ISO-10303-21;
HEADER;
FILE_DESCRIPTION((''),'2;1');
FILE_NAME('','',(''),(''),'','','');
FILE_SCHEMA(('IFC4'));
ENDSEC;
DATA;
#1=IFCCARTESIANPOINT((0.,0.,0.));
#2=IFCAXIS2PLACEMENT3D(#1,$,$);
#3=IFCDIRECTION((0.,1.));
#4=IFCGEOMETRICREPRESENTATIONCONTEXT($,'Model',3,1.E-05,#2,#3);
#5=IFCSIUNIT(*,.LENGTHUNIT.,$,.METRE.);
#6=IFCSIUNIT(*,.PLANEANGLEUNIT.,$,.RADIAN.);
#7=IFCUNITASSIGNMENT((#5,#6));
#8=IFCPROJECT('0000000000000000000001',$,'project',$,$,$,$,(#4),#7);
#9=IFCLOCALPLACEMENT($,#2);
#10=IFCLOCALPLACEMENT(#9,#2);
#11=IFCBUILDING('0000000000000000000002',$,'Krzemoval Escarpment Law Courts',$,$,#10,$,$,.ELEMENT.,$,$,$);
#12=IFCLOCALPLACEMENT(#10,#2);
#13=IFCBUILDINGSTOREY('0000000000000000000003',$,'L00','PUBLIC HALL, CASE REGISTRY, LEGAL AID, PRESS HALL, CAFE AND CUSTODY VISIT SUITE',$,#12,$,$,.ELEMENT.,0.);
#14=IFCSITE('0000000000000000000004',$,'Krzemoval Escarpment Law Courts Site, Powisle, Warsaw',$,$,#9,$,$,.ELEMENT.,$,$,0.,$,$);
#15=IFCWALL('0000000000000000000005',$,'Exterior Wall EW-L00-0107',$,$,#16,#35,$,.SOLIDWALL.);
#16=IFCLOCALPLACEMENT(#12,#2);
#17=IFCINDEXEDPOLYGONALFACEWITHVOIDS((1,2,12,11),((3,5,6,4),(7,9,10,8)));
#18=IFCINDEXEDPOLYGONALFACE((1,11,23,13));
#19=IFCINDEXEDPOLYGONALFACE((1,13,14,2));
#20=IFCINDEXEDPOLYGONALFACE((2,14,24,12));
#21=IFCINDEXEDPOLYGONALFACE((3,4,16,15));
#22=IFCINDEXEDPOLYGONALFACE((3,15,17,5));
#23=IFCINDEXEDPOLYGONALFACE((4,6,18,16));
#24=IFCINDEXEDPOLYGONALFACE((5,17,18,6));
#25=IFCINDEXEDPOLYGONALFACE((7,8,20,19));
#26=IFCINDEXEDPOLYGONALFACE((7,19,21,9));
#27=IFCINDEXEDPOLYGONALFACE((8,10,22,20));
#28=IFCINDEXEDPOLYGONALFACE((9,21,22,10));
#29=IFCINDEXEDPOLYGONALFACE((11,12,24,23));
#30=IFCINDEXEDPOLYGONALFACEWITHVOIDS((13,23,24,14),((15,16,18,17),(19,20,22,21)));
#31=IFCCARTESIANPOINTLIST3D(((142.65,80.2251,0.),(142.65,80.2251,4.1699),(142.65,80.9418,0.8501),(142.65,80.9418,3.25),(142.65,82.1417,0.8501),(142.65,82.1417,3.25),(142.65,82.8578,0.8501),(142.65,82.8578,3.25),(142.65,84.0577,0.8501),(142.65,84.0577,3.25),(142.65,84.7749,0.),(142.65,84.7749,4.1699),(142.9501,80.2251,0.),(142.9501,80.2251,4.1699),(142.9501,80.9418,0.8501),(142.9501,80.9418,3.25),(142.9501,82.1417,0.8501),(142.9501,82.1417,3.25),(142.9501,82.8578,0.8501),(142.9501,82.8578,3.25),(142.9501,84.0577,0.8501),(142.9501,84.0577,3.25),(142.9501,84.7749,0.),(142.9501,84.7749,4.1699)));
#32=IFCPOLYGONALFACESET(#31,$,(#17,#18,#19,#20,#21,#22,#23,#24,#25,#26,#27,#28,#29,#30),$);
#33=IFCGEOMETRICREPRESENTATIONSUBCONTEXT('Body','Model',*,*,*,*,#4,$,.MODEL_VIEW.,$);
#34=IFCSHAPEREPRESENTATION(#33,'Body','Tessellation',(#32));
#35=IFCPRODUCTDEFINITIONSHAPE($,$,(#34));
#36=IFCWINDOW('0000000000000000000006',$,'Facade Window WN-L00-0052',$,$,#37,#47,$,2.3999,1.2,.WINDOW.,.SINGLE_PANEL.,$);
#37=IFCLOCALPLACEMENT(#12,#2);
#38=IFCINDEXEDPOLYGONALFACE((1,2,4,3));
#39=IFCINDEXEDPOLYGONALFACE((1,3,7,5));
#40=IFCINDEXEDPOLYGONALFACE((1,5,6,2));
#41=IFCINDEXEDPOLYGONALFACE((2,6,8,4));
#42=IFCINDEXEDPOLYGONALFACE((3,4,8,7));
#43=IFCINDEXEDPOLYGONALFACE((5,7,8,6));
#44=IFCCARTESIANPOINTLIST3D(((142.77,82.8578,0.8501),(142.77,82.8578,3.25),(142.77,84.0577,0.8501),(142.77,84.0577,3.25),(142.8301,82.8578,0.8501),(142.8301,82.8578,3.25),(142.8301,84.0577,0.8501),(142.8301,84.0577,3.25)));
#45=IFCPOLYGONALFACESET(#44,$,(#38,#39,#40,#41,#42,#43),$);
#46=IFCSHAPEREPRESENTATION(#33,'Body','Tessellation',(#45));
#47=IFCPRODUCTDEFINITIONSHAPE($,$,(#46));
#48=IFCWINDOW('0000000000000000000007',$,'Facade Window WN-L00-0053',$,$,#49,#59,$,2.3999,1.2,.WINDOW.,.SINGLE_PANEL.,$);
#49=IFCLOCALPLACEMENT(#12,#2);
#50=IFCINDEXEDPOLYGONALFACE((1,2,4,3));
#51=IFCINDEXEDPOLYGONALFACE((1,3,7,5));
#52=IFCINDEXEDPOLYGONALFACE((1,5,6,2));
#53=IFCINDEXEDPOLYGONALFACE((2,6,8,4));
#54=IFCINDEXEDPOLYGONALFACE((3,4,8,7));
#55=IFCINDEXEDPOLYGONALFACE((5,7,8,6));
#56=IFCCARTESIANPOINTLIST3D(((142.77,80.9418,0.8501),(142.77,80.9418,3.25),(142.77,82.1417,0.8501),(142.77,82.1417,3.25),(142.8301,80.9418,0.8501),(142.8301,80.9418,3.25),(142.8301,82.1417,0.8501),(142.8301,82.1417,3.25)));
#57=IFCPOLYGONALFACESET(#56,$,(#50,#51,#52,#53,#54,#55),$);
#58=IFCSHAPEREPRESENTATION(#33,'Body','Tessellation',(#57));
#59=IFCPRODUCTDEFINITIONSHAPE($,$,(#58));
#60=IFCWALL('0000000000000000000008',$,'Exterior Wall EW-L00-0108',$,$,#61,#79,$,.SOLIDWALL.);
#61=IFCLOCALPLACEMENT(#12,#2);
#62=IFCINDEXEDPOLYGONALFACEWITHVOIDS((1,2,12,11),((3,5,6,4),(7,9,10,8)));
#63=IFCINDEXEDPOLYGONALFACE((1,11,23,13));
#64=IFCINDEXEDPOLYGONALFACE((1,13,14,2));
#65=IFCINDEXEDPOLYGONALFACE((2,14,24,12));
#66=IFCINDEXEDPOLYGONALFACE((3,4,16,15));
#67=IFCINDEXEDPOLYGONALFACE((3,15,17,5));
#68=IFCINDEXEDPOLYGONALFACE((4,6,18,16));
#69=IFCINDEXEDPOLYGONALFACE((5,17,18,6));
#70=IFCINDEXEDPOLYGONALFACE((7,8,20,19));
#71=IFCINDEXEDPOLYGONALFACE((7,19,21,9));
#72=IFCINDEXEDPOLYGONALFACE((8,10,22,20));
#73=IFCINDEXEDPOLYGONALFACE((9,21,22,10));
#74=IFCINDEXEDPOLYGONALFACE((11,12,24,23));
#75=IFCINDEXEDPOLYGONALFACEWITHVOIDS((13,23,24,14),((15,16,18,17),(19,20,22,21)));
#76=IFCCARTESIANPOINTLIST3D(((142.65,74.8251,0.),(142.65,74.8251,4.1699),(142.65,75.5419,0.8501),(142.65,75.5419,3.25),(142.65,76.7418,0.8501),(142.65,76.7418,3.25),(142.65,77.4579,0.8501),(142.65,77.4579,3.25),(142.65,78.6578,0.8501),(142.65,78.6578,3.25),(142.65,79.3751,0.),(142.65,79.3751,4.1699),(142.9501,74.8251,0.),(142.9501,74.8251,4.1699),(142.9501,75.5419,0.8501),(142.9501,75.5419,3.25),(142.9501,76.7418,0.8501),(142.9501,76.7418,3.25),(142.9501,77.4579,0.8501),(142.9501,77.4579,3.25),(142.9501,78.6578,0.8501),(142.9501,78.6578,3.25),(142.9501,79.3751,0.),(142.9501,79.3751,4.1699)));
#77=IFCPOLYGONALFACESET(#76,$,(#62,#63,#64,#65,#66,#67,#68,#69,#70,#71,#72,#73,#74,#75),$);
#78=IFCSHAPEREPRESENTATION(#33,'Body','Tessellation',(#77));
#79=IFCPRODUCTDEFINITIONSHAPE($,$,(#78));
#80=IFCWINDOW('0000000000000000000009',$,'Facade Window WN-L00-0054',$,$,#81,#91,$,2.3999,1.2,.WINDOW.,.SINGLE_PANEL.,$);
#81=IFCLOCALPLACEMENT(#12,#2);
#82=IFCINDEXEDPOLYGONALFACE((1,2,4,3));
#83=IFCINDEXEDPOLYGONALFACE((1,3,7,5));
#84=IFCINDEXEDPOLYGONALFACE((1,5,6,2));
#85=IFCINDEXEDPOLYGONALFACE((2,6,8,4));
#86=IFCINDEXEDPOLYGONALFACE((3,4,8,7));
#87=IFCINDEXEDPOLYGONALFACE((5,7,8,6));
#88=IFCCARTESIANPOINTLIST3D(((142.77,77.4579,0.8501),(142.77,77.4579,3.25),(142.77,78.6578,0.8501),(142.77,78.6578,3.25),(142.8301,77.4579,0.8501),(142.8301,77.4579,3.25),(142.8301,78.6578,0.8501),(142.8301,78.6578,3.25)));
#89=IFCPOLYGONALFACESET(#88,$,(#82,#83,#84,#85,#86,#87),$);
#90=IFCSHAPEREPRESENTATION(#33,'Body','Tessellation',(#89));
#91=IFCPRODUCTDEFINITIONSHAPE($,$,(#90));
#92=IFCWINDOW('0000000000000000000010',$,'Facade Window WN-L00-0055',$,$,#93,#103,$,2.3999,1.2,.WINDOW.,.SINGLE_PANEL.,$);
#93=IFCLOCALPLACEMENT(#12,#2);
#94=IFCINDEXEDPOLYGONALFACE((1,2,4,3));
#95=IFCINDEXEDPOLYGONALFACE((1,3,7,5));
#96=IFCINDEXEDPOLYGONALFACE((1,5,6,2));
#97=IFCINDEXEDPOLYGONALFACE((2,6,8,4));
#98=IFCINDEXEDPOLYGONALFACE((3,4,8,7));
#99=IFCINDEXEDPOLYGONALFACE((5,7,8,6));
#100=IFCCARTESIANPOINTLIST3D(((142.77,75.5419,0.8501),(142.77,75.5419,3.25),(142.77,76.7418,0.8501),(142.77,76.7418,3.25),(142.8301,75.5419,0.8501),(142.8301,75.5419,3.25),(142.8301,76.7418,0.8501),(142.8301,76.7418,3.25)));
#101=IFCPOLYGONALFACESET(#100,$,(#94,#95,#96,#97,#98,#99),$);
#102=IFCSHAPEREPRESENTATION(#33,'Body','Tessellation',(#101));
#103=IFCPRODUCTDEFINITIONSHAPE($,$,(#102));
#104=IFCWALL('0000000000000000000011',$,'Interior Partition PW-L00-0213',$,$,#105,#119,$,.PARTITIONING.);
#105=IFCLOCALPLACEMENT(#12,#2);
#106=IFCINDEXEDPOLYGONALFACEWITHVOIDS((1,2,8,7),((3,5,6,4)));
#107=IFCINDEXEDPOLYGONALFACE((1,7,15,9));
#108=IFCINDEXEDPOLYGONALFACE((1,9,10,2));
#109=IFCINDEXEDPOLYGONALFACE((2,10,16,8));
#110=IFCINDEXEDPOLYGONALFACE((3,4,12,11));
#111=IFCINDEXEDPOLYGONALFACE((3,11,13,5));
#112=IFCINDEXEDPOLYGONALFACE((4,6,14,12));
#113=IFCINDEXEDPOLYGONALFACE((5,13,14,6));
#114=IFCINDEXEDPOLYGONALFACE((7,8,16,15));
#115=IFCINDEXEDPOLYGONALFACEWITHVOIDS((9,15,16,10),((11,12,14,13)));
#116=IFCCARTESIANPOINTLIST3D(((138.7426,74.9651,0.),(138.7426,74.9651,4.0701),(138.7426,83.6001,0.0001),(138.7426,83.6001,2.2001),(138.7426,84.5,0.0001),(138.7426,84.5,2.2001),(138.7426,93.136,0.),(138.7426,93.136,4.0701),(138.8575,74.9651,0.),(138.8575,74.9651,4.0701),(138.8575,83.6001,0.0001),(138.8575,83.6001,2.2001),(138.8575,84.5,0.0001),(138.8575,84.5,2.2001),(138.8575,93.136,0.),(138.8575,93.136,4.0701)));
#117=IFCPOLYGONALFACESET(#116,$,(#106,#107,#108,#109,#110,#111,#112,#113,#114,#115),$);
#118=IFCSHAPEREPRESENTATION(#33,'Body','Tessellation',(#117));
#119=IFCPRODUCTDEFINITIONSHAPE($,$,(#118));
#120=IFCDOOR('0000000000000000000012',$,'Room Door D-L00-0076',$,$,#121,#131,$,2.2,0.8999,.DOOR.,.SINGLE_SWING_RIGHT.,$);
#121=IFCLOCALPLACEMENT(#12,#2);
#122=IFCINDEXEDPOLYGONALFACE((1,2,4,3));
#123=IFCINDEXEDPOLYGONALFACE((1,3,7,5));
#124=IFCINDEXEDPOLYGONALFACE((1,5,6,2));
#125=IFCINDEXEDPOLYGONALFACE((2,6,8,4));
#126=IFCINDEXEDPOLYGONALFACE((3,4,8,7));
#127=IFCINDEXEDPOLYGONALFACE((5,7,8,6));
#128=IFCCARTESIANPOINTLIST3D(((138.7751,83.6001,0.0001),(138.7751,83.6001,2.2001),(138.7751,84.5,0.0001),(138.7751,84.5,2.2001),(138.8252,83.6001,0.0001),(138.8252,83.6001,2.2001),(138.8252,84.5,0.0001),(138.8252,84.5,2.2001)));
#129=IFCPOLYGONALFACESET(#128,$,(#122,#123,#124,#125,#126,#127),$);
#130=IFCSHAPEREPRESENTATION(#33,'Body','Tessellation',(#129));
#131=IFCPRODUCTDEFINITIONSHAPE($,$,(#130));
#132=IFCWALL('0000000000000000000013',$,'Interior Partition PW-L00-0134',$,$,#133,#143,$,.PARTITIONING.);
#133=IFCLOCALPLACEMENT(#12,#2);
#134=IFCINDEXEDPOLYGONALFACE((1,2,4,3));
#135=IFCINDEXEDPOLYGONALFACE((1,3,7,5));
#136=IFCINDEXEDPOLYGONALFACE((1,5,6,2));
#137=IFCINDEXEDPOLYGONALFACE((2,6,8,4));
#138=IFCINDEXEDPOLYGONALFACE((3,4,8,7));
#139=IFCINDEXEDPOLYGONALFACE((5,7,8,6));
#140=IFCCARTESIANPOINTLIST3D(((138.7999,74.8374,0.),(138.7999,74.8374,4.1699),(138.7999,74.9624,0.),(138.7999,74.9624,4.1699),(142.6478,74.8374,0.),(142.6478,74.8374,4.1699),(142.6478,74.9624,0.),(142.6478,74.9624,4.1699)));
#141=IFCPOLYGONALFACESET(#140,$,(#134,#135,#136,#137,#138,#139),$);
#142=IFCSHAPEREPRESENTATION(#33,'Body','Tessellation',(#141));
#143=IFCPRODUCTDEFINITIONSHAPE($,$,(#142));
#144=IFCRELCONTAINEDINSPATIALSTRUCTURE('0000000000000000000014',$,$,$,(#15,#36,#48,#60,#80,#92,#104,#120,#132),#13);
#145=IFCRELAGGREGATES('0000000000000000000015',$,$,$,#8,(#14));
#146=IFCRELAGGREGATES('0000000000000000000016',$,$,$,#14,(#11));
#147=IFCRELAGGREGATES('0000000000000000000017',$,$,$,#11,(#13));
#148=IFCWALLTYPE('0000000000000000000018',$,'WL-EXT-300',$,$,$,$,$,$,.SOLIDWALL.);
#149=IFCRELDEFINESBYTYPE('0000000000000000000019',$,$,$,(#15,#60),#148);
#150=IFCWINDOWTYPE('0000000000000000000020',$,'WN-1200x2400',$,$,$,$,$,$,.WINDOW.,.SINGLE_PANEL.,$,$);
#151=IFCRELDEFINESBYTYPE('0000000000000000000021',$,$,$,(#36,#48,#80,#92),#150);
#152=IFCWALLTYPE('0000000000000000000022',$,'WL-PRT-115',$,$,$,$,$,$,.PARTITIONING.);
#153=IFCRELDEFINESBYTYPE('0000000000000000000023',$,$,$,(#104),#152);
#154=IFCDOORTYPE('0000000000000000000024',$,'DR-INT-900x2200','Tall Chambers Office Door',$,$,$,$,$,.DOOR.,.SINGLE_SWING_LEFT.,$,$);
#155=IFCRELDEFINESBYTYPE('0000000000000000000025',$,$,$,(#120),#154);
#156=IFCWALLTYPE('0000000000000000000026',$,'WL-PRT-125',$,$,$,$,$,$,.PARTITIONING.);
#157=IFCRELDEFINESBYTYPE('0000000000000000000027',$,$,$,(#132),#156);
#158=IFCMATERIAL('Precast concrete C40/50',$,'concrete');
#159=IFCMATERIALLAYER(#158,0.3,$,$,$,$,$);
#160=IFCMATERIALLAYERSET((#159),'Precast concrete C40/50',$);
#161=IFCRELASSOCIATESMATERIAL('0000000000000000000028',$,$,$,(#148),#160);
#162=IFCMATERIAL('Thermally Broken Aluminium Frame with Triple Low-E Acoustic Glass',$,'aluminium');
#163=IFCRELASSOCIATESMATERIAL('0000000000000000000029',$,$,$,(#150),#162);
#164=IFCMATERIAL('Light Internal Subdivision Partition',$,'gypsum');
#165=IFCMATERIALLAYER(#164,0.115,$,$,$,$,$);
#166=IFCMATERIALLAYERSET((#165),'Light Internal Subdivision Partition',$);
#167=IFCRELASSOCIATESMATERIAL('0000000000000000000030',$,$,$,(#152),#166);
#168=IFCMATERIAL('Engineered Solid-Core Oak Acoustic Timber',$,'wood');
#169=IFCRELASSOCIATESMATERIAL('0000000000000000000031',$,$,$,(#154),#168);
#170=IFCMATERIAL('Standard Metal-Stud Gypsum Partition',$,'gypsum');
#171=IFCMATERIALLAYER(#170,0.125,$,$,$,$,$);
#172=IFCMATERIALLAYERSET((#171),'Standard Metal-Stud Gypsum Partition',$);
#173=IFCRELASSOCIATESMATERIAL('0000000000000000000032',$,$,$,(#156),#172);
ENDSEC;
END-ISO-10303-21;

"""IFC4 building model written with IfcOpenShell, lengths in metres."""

from ifc_helpers import new_model, si_unit, direction, frame, frame_2d, origin, place, context, subcontext, project, spatial, rectangle, extrude, material, layer, layer_set, type_object, element, fill, save


model = new_model("IFC4")

# Units and contexts
model_context = context("Model", 3, precision=1e-05, world=origin(), true_north=direction((0.0, 1.0)))
body_context = subcontext(model_context, "Body", "Model", "MODEL_VIEW")
ifc_project = project(units=[si_unit("LENGTHUNIT", "METRE"), si_unit("PLANEANGLEUNIT", "RADIAN")], contexts=[model_context])

# Site, building, storey
site_placement = place(None, origin())
site = spatial("IfcSite", under=ifc_project, at=site_placement, Name="Krzemoval Escarpment Law Courts Site, Powisle, Warsaw", CompositionType="ELEMENT", RefElevation=0.0)
building_placement = place(site_placement, origin())
building = spatial("IfcBuilding", under=site, at=building_placement, Name="Krzemoval Escarpment Law Courts", CompositionType="ELEMENT")
storey_placement = place(building_placement, origin())
storey = spatial("IfcBuildingStorey", under=building, at=storey_placement, Name="L00", Description="PUBLIC HALL, CASE REGISTRY, LEGAL AID, PRESS HALL, CAFE AND CUSTODY VISIT SUITE", CompositionType="ELEMENT", Elevation=0.0)

# Walls, openings, windows
ifc_material_1 = material(Name="Precast concrete C40/50", Category="concrete")
ifc_layer_1 = layer(ifc_material_1, 0.3)
ifc_layer_set_1 = layer_set([ifc_layer_1], Name="Precast concrete C40/50")
wall_type_1 = type_object("IfcWallType", Name="WL-EXT-300", PredefinedType="SOLIDWALL", material=ifc_layer_set_1)
wall_1_placement = place(storey_placement, frame((142.8, 84.7749, 0.0), z_axis=(0.0, 0.0, 1.0), x_axis=(0.0, -1.0, 0.0)))
wall_1 = element("IfcWall", 1, at=wall_1_placement, inside=storey, type_object=wall_type_1, Name="Exterior Wall EW-L00-0107", PredefinedType="SOLIDWALL", context=body_context, shape_type="SweptSolid", body=[
    extrude(rectangle(XDim=4.5498, YDim=0.3, at=frame_2d((2.2749, 0.0))), origin(), (0.0, 0.0, 1.0), 4.1699),
])
opening_1_placement = place(wall_1_placement, frame((0.717, 0.0, 0.8501)))
opening_1 = element("IfcOpeningElement", 2, at=opening_1_placement, cuts=wall_1, PredefinedType="OPENING", context=body_context, shape_type="SweptSolid", body=[
    extrude(rectangle(XDim=1.2, YDim=2.3999, at=frame_2d((0.6001, 1.2))), frame((0.0, 0.165, 0.0), z_axis=(0.0, -1.0, 0.0), x_axis=(1.0, 0.0, 0.0)), (0.0, 0.0, 1.0), 0.3301),
])
opening_2_placement = place(wall_1_placement, frame((2.6331, 0.0, 0.8501)))
opening_2 = element("IfcOpeningElement", 3, at=opening_2_placement, cuts=wall_1, PredefinedType="OPENING", context=body_context, shape_type="SweptSolid", body=[
    extrude(rectangle(XDim=1.2, YDim=2.3999, at=frame_2d((0.6001, 1.2))), frame((0.0, 0.165, 0.0), z_axis=(0.0, -1.0, 0.0), x_axis=(1.0, 0.0, 0.0)), (0.0, 0.0, 1.0), 0.3301),
])
ifc_material_2 = material(Name="Thermally Broken Aluminium Frame with Triple Low-E Acoustic Glass", Category="aluminium")
window_type = type_object("IfcWindowType", Name="WN-1200x2400", PartitioningType="SINGLE_PANEL", PredefinedType="WINDOW", material=ifc_material_2)
window_1_placement = place(opening_1_placement, origin())
window_1 = element("IfcWindow", 4, at=window_1_placement, inside=storey, type_object=window_type, Name="Facade Window WN-L00-0052", OverallHeight=2.3999, OverallWidth=1.2, PartitioningType="SINGLE_PANEL", PredefinedType="WINDOW", context=body_context, shape_type="SweptSolid", body=[
    extrude(rectangle(XDim=1.2, YDim=2.3999, at=frame_2d((0.6001, 1.2))), frame((0.0, 0.03, 0.0), z_axis=(0.0, -1.0, 0.0), x_axis=(1.0, 0.0, 0.0)), (0.0, 0.0, 1.0), 0.0601),
])
fill(opening_1, window_1)
window_2_placement = place(opening_2_placement, origin())
window_2 = element("IfcWindow", 5, at=window_2_placement, inside=storey, type_object=window_type, Name="Facade Window WN-L00-0053", OverallHeight=2.3999, OverallWidth=1.2, PartitioningType="SINGLE_PANEL", PredefinedType="WINDOW", context=body_context, shape_type="SweptSolid", body=[
    extrude(rectangle(XDim=1.2, YDim=2.3999, at=frame_2d((0.6001, 1.2))), frame((0.0, 0.03, 0.0), z_axis=(0.0, -1.0, 0.0), x_axis=(1.0, 0.0, 0.0)), (0.0, 0.0, 1.0), 0.0601),
])
fill(opening_2, window_2)
wall_2_placement = place(storey_placement, frame((142.8, 79.375, 0.0), z_axis=(0.0, 0.0, 1.0), x_axis=(0.0, -1.0, 0.0)))
wall_2 = element("IfcWall", 6, at=wall_2_placement, inside=storey, type_object=wall_type_1, Name="Exterior Wall EW-L00-0108", PredefinedType="SOLIDWALL", context=body_context, shape_type="SweptSolid", body=[
    extrude(rectangle(XDim=4.55, YDim=0.3, at=frame_2d((2.2749, 0.0))), origin(), (0.0, 0.0, 1.0), 4.1699),
])
opening_3_placement = place(wall_2_placement, frame((0.717, 0.0, 0.8501)))
opening_3 = element("IfcOpeningElement", 7, at=opening_3_placement, cuts=wall_2, PredefinedType="OPENING", context=body_context, shape_type="SweptSolid", body=[
    extrude(rectangle(XDim=1.2, YDim=2.3999, at=frame_2d((0.6001, 1.2))), frame((0.0, 0.165, 0.0), z_axis=(0.0, -1.0, 0.0), x_axis=(1.0, 0.0, 0.0)), (0.0, 0.0, 1.0), 0.3301),
])
opening_4_placement = place(wall_2_placement, frame((2.6331, 0.0, 0.8501)))
opening_4 = element("IfcOpeningElement", 8, at=opening_4_placement, cuts=wall_2, PredefinedType="OPENING", context=body_context, shape_type="SweptSolid", body=[
    extrude(rectangle(XDim=1.2, YDim=2.3999, at=frame_2d((0.6001, 1.2))), frame((0.0, 0.165, 0.0), z_axis=(0.0, -1.0, 0.0), x_axis=(1.0, 0.0, 0.0)), (0.0, 0.0, 1.0), 0.3301),
])
window_3_placement = place(opening_3_placement, origin())
window_3 = element("IfcWindow", 9, at=window_3_placement, inside=storey, type_object=window_type, Name="Facade Window WN-L00-0054", OverallHeight=2.3999, OverallWidth=1.2, PartitioningType="SINGLE_PANEL", PredefinedType="WINDOW", context=body_context, shape_type="SweptSolid", body=[
    extrude(rectangle(XDim=1.2, YDim=2.3999, at=frame_2d((0.6001, 1.2))), frame((0.0, 0.03, 0.0), z_axis=(0.0, -1.0, 0.0), x_axis=(1.0, 0.0, 0.0)), (0.0, 0.0, 1.0), 0.0601),
])
fill(opening_3, window_3)
window_4_placement = place(opening_4_placement, origin())
window_4 = element("IfcWindow", 10, at=window_4_placement, inside=storey, type_object=window_type, Name="Facade Window WN-L00-0055", OverallHeight=2.3999, OverallWidth=1.2, PartitioningType="SINGLE_PANEL", PredefinedType="WINDOW", context=body_context, shape_type="SweptSolid", body=[
    extrude(rectangle(XDim=1.2, YDim=2.3999, at=frame_2d((0.6001, 1.2))), frame((0.0, 0.03, 0.0), z_axis=(0.0, -1.0, 0.0), x_axis=(1.0, 0.0, 0.0)), (0.0, 0.0, 1.0), 0.0601),
])
fill(opening_4, window_4)

# Wall, opening, door
ifc_material_3 = material(Name="Light Internal Subdivision Partition", Category="gypsum")
ifc_layer_2 = layer(ifc_material_3, 0.115)
ifc_layer_set_2 = layer_set([ifc_layer_2], Name="Light Internal Subdivision Partition")
wall_type_2 = type_object("IfcWallType", Name="WL-PRT-115", PredefinedType="PARTITIONING", material=ifc_layer_set_2)
wall_3_placement = place(storey_placement, frame((138.8, 74.9651, 0.0), z_axis=(0.0, 0.0, 1.0), x_axis=(0.0, 1.0, 0.0)))
wall_3 = element("IfcWall", 11, at=wall_3_placement, inside=storey, type_object=wall_type_2, Name="Interior Partition PW-L00-0213", PredefinedType="PARTITIONING", context=body_context, shape_type="SweptSolid", body=[
    extrude(rectangle(XDim=18.1709, YDim=0.115, at=frame_2d((9.0854, 0.0))), origin(), (0.0, 0.0, 1.0), 4.0701),
])
opening_5_placement = place(wall_3_placement, frame((8.635, 0.0, 0.0)))
opening_5 = element("IfcOpeningElement", 12, at=opening_5_placement, cuts=wall_3, PredefinedType="OPENING", context=body_context, shape_type="SweptSolid", body=[
    extrude(rectangle(XDim=0.8999, YDim=2.2, at=frame_2d((0.45, 1.1001))), frame((0.0, 0.0725, 0.0), z_axis=(0.0, -1.0, 0.0), x_axis=(1.0, 0.0, 0.0)), (0.0, 0.0, 1.0), 0.145),
])
ifc_material_4 = material(Name="Engineered Solid-Core Oak Acoustic Timber", Category="wood")
door_type = type_object("IfcDoorType", Name="DR-INT-900x2200", Description="Tall Chambers Office Door", OperationType="SINGLE_SWING_LEFT", PredefinedType="DOOR", material=ifc_material_4)
door_placement = place(opening_5_placement, origin())
door = element("IfcDoor", 13, at=door_placement, inside=storey, type_object=door_type, Name="Room Door D-L00-0076", OperationType="SINGLE_SWING_RIGHT", OverallHeight=2.2, OverallWidth=0.8999, PredefinedType="DOOR", context=body_context, shape_type="SweptSolid", body=[
    extrude(rectangle(XDim=0.8999, YDim=2.2, at=frame_2d((0.45, 1.1001))), frame((0.0, 0.0249, 0.0), z_axis=(0.0, -1.0, 0.0), x_axis=(1.0, 0.0, 0.0)), (0.0, 0.0, 1.0), 0.05),
])
fill(opening_5, door)

# Wall
ifc_material_5 = material(Name="Standard Metal-Stud Gypsum Partition", Category="gypsum")
ifc_layer_3 = layer(ifc_material_5, 0.125)
ifc_layer_set_3 = layer_set([ifc_layer_3], Name="Standard Metal-Stud Gypsum Partition")
wall_type_3 = type_object("IfcWallType", Name="WL-PRT-125", PredefinedType="PARTITIONING", material=ifc_layer_set_3)
wall_4_placement = place(storey_placement, frame((138.8, 74.8999, 0.0), z_axis=(0.0, 0.0, 1.0), x_axis=(1.0, 0.0, 0.0)))
element("IfcWall", 14, at=wall_4_placement, inside=storey, type_object=wall_type_3, Name="Interior Partition PW-L00-0134", PredefinedType="PARTITIONING", context=body_context, shape_type="SweptSolid", body=[
    extrude(rectangle(XDim=3.8479, YDim=0.125, at=frame_2d((1.9238, 0.0))), origin(), (0.0, 0.0, 1.0), 4.1699),
])

save(model, "model.ifc")
